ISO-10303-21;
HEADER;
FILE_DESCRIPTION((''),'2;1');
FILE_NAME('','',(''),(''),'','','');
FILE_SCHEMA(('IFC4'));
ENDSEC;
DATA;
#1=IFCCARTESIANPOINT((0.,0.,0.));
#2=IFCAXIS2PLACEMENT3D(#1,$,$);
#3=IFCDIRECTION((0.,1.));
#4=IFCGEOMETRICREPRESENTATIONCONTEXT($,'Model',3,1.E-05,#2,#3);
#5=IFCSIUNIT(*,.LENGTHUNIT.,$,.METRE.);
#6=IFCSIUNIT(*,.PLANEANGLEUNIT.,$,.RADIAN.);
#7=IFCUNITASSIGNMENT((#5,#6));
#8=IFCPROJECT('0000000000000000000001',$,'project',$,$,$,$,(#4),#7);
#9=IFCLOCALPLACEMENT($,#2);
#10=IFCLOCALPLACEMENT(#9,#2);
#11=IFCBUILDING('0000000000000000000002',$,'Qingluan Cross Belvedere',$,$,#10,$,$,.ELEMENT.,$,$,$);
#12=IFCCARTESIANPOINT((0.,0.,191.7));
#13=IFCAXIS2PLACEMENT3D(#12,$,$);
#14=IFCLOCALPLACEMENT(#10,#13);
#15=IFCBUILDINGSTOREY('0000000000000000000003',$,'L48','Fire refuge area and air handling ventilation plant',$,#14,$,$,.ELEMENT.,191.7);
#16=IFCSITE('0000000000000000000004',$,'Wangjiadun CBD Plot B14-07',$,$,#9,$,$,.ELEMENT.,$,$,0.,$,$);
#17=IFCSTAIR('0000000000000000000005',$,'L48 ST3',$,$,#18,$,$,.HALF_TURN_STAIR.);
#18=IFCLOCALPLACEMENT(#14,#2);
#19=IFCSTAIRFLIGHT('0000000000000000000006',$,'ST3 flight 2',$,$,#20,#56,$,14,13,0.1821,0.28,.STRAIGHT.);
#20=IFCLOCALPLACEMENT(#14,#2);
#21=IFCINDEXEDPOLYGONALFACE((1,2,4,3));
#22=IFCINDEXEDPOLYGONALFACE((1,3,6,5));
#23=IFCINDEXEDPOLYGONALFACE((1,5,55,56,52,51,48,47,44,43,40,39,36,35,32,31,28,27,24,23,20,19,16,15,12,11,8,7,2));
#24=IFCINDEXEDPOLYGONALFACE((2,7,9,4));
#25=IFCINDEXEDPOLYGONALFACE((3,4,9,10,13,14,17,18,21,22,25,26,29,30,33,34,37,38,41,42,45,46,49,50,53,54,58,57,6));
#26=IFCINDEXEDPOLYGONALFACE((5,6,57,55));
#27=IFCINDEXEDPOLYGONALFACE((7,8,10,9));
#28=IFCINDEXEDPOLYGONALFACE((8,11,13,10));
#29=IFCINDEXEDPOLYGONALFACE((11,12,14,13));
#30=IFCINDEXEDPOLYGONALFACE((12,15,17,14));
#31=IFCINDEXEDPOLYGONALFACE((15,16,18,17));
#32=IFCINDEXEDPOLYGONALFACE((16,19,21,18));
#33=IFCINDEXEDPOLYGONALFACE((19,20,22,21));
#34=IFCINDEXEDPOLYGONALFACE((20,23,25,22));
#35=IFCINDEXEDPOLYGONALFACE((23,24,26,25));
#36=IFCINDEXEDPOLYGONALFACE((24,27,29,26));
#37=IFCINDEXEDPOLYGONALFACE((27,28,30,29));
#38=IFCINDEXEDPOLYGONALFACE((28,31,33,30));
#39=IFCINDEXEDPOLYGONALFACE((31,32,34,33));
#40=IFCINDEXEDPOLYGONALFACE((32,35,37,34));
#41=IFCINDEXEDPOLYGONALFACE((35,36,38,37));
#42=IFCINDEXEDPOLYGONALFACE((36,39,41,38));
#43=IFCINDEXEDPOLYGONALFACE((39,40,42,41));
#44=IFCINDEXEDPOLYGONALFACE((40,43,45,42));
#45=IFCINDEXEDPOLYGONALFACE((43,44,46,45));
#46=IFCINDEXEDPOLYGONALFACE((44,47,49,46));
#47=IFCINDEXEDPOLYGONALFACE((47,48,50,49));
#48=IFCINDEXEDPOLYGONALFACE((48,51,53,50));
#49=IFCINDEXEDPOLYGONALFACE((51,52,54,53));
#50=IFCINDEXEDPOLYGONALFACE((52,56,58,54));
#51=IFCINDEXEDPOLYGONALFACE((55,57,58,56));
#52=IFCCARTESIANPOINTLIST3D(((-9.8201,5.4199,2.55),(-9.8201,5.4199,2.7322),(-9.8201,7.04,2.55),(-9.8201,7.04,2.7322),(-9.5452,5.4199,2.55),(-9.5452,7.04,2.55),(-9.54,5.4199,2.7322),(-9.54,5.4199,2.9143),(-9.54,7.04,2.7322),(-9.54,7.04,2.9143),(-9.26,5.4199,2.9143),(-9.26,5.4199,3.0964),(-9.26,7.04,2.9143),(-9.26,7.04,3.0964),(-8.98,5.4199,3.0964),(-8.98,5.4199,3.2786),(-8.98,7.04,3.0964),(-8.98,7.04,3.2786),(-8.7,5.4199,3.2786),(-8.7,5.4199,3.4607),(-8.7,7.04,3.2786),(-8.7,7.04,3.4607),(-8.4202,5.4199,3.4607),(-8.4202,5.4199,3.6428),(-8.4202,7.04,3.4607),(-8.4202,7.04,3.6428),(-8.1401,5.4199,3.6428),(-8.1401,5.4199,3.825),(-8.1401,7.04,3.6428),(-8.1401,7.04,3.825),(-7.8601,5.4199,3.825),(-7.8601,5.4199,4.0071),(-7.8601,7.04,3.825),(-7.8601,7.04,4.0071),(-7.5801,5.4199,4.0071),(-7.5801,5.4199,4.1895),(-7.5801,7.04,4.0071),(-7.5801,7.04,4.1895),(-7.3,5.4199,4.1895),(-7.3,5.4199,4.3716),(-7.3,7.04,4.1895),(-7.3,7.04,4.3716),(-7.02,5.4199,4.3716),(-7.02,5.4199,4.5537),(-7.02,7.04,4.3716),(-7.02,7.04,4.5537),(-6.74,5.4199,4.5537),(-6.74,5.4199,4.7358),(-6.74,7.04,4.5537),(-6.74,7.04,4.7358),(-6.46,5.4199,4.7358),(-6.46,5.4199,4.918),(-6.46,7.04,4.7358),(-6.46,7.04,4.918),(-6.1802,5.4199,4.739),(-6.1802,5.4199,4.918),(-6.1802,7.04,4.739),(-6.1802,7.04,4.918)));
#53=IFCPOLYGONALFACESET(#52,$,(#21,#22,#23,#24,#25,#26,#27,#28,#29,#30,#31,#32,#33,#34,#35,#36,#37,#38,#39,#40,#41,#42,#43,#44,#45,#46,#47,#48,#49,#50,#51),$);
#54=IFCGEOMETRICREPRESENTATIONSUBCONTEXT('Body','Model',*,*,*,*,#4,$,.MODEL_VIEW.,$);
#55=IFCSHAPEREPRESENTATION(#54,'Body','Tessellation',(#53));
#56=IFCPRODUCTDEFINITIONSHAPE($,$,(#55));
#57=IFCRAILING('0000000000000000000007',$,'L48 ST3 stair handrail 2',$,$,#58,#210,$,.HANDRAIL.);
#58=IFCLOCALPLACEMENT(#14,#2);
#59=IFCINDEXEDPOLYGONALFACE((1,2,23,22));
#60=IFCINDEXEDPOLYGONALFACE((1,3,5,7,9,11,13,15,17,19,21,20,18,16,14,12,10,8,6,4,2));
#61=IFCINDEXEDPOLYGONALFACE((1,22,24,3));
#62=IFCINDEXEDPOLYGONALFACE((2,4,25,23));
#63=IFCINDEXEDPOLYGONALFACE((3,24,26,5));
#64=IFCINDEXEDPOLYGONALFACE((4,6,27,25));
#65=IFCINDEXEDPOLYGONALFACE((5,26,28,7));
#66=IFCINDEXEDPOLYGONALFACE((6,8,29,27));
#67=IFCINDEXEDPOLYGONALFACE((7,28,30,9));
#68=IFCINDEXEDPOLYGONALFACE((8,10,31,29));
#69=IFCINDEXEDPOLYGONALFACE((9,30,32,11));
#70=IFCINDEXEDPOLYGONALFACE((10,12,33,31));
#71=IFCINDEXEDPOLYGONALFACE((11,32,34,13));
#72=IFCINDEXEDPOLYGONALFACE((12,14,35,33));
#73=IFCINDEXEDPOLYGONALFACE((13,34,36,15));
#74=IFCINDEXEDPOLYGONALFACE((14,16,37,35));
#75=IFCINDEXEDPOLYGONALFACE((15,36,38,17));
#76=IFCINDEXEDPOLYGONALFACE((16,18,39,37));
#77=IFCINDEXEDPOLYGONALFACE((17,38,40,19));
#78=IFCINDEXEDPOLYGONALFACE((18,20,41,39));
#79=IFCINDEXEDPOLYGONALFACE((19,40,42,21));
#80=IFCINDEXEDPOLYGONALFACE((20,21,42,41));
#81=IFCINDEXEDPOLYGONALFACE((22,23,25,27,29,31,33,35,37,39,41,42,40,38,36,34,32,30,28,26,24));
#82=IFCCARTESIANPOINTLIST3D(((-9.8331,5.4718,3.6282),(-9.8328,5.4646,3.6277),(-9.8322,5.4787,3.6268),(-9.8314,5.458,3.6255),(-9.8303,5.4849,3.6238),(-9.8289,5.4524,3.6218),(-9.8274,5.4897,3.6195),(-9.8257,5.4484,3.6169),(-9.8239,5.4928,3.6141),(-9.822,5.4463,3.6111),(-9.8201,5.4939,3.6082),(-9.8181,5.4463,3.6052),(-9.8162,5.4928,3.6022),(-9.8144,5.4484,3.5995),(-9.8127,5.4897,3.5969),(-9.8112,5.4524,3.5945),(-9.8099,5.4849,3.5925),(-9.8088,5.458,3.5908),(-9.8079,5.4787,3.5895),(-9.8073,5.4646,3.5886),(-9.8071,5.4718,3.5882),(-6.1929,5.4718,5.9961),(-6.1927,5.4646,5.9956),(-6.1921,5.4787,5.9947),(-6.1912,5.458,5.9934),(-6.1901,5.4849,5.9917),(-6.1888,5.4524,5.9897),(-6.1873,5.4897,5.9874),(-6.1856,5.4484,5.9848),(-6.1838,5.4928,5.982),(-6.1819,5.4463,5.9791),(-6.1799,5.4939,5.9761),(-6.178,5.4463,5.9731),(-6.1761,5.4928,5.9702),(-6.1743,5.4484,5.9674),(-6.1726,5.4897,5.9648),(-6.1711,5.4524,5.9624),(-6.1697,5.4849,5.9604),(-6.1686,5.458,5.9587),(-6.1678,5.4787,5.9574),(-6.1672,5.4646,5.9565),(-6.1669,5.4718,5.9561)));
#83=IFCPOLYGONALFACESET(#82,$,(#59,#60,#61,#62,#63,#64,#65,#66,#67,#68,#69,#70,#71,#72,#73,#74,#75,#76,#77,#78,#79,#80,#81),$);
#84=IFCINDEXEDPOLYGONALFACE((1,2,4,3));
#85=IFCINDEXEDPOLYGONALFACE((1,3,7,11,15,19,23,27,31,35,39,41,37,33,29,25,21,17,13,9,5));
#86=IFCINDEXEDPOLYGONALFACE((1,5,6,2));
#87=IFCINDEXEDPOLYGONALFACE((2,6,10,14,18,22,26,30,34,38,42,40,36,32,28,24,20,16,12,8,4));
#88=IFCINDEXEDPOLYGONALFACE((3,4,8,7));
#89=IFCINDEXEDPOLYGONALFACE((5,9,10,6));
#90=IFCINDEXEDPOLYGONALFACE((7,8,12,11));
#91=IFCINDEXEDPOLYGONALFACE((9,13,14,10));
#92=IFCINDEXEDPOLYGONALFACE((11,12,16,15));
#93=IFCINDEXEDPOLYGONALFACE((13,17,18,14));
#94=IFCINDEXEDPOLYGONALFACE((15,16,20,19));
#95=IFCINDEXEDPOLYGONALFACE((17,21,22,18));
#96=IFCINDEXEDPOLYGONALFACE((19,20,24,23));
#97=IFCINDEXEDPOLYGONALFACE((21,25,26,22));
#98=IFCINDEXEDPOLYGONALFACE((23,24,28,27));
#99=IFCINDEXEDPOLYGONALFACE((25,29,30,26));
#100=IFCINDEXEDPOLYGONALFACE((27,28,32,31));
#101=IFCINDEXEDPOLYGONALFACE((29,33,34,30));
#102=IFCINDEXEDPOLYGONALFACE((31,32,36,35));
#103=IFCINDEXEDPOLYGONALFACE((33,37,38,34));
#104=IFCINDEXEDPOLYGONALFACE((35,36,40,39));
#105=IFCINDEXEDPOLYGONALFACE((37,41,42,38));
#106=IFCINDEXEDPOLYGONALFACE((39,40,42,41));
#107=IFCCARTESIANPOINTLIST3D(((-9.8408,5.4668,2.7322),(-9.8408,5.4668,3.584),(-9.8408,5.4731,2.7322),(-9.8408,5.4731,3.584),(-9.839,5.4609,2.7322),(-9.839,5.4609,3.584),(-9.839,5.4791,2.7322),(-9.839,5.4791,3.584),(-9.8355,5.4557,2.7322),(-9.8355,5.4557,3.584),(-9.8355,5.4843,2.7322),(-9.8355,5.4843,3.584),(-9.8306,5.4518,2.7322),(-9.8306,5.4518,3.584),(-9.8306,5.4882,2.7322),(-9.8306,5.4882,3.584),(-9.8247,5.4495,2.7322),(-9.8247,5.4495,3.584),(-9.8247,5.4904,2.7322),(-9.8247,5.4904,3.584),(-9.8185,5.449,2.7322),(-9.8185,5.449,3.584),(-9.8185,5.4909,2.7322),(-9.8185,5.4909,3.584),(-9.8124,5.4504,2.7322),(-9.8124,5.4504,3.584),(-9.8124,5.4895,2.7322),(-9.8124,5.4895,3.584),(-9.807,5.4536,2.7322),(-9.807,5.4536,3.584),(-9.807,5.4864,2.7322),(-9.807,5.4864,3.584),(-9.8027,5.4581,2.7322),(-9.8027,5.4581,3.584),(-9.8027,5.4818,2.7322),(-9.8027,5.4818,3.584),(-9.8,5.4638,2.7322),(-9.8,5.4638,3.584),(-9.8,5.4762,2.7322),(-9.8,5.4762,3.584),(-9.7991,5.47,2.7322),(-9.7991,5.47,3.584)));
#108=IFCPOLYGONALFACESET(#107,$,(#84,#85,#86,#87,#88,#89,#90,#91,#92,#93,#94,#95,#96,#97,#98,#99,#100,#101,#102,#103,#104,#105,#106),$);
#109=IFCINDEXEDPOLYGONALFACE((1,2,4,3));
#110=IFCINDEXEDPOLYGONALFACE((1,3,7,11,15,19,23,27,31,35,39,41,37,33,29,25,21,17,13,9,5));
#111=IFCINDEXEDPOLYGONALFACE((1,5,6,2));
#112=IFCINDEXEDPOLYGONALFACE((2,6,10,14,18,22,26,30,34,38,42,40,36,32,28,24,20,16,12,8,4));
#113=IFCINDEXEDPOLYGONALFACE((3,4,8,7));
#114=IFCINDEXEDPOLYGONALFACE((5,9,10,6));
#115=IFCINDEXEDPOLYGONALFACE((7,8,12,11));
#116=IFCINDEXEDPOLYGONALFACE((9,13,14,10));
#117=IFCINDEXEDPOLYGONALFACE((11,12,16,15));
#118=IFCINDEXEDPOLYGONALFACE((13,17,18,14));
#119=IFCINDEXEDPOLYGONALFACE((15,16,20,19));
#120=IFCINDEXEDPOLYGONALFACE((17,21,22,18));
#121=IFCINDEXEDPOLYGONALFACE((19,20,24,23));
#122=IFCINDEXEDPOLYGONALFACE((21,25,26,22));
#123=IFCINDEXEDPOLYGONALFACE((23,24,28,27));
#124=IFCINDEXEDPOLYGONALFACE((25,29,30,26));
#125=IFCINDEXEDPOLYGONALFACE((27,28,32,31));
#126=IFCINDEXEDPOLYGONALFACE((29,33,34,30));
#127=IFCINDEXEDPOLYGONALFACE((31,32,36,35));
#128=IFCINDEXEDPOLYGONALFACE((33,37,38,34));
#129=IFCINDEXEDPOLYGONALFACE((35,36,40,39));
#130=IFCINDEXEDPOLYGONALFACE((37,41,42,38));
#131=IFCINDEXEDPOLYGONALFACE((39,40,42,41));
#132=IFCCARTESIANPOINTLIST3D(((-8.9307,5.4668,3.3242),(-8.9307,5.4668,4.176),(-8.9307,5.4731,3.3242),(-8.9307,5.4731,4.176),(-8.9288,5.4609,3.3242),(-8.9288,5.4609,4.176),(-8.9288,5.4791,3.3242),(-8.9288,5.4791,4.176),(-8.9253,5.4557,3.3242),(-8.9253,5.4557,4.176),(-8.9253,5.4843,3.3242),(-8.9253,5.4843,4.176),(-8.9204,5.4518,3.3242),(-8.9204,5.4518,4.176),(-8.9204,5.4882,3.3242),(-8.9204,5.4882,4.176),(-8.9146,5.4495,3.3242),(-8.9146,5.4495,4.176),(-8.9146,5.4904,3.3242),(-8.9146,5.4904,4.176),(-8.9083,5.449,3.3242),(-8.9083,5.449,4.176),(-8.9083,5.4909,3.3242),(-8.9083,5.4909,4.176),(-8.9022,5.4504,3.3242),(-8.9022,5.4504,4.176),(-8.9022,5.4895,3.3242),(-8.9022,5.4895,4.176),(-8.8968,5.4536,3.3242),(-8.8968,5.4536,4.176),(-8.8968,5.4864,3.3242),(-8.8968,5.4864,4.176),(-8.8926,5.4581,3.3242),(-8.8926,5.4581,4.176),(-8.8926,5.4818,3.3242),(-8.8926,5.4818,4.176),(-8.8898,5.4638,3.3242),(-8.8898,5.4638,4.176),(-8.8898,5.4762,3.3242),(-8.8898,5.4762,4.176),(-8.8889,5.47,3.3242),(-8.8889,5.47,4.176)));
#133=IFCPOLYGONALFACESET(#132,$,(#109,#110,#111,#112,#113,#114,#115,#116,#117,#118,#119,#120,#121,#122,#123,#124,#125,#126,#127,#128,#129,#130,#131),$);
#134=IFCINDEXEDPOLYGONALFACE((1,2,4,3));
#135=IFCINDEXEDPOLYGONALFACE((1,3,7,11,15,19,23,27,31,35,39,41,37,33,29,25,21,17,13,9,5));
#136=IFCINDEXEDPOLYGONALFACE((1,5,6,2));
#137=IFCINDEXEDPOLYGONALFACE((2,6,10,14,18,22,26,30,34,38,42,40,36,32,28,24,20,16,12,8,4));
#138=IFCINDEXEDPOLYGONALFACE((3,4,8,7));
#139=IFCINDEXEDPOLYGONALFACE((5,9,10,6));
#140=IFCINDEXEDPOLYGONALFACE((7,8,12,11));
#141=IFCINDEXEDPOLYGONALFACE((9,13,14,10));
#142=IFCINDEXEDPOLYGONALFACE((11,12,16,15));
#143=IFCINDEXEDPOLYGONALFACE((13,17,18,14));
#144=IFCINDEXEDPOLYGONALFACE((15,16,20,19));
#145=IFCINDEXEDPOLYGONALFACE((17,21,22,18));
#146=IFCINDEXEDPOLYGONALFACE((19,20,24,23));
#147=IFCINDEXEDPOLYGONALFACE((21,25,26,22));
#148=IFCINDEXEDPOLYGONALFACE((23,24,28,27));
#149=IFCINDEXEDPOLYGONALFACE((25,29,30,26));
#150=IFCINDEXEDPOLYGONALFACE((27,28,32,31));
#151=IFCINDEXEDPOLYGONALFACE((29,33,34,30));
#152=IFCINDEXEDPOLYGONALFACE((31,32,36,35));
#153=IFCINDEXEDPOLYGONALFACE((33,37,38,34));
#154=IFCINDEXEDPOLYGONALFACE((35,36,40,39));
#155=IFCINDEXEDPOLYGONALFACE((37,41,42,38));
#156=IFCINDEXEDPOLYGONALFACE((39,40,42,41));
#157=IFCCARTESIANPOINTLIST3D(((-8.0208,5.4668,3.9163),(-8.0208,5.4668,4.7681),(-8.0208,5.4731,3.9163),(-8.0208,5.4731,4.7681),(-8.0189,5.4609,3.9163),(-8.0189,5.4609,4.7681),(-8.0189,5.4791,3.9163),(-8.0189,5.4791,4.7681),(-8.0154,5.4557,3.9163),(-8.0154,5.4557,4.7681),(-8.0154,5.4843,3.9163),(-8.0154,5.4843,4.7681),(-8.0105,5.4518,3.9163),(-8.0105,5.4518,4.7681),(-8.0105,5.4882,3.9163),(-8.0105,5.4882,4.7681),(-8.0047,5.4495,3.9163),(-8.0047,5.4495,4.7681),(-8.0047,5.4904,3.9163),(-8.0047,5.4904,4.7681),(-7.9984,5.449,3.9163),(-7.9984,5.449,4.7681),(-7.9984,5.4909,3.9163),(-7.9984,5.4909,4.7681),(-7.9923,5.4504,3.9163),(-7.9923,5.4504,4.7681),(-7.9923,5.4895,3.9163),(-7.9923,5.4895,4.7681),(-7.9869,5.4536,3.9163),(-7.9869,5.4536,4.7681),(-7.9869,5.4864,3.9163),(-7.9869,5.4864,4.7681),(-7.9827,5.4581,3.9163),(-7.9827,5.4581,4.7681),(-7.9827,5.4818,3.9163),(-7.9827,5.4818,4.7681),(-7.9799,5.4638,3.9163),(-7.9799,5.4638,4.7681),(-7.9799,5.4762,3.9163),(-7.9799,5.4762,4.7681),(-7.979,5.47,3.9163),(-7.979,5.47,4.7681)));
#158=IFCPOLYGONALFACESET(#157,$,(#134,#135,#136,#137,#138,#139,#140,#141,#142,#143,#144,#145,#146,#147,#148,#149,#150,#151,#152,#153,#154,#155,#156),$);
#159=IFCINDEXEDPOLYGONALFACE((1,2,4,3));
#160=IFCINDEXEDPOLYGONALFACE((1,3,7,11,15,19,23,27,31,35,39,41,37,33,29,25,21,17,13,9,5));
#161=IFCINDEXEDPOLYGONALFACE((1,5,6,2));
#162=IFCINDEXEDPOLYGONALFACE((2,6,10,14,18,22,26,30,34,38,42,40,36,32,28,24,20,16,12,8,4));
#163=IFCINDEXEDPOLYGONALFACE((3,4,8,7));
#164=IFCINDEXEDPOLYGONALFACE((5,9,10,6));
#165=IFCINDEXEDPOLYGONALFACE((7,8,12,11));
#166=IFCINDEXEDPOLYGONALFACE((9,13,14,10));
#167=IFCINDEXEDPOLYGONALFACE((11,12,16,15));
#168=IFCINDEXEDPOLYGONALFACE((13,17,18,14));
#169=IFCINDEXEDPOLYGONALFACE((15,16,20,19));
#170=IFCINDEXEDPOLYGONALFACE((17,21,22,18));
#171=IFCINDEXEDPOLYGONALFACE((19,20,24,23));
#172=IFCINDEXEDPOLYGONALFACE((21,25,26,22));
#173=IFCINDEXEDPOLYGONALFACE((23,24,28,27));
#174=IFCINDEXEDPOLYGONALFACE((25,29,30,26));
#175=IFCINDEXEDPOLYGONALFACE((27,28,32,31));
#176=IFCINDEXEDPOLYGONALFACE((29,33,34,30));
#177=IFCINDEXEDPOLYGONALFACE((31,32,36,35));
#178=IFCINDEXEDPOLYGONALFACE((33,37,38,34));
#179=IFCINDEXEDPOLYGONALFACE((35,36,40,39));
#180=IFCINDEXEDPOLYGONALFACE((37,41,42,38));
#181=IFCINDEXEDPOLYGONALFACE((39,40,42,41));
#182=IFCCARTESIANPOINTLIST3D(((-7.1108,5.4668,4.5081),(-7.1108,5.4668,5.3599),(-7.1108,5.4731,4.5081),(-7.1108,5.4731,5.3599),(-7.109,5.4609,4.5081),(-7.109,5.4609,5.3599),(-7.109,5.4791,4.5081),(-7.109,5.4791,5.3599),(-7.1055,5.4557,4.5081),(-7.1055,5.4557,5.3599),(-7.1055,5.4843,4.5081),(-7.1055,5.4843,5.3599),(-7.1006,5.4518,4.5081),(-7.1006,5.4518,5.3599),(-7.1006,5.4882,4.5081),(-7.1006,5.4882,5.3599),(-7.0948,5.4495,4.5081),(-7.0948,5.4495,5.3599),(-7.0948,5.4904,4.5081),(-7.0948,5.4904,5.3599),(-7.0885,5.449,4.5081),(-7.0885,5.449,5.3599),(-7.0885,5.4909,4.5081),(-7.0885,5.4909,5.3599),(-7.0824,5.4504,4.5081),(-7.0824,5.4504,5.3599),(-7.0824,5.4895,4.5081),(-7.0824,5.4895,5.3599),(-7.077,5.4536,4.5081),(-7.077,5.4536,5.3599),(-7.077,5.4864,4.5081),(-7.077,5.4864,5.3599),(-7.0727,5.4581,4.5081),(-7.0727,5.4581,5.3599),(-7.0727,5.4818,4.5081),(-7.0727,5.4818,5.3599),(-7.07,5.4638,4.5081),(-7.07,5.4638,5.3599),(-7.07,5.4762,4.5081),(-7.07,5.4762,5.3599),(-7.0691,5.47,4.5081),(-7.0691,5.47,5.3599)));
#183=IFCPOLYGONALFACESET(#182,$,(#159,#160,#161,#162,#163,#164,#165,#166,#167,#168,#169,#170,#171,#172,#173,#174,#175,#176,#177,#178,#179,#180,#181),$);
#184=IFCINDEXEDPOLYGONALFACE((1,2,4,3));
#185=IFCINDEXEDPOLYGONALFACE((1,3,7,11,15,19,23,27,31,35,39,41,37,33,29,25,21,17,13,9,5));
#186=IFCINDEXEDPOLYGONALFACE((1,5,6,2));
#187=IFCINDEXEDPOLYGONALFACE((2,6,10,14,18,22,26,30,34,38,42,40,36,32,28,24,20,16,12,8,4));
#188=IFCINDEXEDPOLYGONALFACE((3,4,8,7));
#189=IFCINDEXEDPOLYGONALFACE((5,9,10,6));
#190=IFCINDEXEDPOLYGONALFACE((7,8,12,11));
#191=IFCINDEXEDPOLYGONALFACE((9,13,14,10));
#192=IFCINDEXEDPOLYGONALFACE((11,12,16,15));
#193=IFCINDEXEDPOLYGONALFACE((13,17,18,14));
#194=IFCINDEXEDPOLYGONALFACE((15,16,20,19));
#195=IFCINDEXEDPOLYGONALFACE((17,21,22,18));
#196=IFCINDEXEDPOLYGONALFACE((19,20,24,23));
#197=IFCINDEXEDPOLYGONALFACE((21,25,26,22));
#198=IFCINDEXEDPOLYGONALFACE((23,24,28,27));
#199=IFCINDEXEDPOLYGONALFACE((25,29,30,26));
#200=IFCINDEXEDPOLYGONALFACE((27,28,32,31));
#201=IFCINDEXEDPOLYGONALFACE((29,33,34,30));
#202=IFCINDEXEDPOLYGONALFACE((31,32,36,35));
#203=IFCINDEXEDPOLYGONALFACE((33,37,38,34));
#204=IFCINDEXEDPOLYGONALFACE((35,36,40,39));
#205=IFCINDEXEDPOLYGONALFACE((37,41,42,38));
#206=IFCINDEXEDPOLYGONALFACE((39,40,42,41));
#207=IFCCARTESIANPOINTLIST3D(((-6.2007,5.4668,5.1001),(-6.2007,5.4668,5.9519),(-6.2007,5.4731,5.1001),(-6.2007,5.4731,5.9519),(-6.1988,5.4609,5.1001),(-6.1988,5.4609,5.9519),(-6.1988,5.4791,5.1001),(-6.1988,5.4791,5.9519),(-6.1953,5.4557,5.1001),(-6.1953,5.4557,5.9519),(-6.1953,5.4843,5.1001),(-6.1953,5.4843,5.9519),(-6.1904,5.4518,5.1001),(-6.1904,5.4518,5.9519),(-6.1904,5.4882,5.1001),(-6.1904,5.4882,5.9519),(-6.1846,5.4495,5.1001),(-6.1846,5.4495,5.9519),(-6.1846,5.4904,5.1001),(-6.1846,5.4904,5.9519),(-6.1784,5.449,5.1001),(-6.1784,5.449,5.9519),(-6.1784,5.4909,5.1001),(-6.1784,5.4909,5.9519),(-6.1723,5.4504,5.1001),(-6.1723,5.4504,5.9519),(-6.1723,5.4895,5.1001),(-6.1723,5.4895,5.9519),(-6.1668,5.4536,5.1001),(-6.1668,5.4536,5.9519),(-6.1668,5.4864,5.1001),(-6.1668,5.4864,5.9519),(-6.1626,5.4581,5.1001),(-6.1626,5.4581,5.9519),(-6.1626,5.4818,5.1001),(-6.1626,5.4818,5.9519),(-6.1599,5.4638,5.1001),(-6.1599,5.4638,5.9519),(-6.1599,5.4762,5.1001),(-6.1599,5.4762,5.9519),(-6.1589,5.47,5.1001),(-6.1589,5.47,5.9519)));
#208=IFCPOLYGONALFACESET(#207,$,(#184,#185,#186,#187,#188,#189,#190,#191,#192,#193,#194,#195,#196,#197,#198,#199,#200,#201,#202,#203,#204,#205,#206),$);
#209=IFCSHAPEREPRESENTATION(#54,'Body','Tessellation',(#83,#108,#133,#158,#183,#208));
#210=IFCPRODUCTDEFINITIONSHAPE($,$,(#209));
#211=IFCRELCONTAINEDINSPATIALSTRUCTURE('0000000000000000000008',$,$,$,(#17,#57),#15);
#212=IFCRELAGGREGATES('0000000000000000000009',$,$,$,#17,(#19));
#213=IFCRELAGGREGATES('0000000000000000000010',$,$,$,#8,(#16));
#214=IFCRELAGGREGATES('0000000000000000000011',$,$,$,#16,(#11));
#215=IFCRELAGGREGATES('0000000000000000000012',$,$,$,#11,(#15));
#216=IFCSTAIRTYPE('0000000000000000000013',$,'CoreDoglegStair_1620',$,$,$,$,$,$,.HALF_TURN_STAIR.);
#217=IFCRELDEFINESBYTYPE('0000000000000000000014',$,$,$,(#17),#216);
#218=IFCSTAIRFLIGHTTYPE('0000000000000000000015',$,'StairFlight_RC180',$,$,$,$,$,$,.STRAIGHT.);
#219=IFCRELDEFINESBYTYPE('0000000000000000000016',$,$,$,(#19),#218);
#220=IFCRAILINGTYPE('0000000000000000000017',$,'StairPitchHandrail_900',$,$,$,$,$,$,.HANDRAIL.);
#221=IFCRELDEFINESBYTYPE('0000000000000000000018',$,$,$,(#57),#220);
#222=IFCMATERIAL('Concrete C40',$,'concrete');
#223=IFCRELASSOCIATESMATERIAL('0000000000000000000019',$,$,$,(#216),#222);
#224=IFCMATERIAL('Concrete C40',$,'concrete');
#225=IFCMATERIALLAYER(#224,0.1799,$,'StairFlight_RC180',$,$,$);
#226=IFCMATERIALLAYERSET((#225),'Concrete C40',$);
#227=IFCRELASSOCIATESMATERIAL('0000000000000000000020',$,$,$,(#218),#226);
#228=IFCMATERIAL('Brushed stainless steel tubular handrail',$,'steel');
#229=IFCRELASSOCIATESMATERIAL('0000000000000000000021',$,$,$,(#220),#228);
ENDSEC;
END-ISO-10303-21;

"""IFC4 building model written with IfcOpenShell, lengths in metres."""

from ifc_helpers import new_model, si_unit, direction, frame, origin, origin_2d, place, context, subcontext, project, spatial, polyline, circle, outline, extrude, material, layer, layer_set, type_object, element, aggregate, save


model = new_model("IFC4")

# Units and contexts
model_context = context("Model", 3, precision=1e-05, world=origin(), true_north=direction((0.0, 1.0)))
body_context = subcontext(model_context, "Body", "Model", "MODEL_VIEW")
ifc_project = project(units=[si_unit("LENGTHUNIT", "METRE"), si_unit("PLANEANGLEUNIT", "RADIAN")], contexts=[model_context])

# Site, building, storey
site_placement = place(None, origin())
site = spatial("IfcSite", under=ifc_project, at=site_placement, Name="Wangjiadun CBD Plot B14-07", CompositionType="ELEMENT", RefElevation=0.0)
building_placement = place(site_placement, origin())
building = spatial("IfcBuilding", under=site, at=building_placement, Name="Qingluan Cross Belvedere", CompositionType="ELEMENT")
storey_placement = place(building_placement, frame((0.0, 0.0, 191.7)))
storey = spatial("IfcBuildingStorey", under=building, at=storey_placement, Name="L48", Description="Fire refuge area and air handling ventilation plant", CompositionType="ELEMENT", Elevation=191.7)

# Stair, stair flight
ifc_material_1 = material(Name="Concrete C40", Category="concrete")
stair_type = type_object("IfcStairType", Name="CoreDoglegStair_1620", PredefinedType="HALF_TURN_STAIR", material=ifc_material_1)
stair_placement = place(storey_placement, origin())
stair = element("IfcStair", 1, at=stair_placement, inside=storey, type_object=stair_type, Name="L48 ST3", PredefinedType="HALF_TURN_STAIR")
ifc_material_2 = material(Name="Concrete C40", Category="concrete")
ifc_layer_1 = layer(ifc_material_2, 0.1799, Name="StairFlight_RC180")
ifc_layer_set_1 = layer_set([ifc_layer_1], Name="Concrete C40")
stair_flight_type = type_object("IfcStairFlightType", Name="StairFlight_RC180", PredefinedType="STRAIGHT", material=ifc_layer_set_1)
stair_flight_1_placement = place(storey_placement, frame((-9.8201, 6.23, 2.55), z_axis=(0.0, 0.0, 1.0), x_axis=(1.0, 0.0, 0.0)))
stair_flight_1 = element("IfcStairFlight", 2, at=stair_flight_1_placement, type_object=stair_flight_type, Name="ST3 flight 2", NumberOfRisers=14, NumberOfTreads=13, PredefinedType="STRAIGHT", RiserHeight=0.1821, TreadLength=0.28, context=body_context, shape_type="SweptSolid", body=[
    extrude(outline(polyline([(0.0, 0.0), (0.0, 0.1821), (0.28, 0.1821), (0.28, 0.3643), (0.5601, 0.3643), (0.5601, 0.5464), (0.8401, 0.5464), (0.8401, 0.7285), (1.1201, 0.7285), (1.1201, 0.9106), (1.3999, 0.9106), (1.3999, 1.0928), (1.6799, 1.0928), (1.6799, 1.2749), (1.96, 1.2749), (1.96, 1.457), (2.24, 1.457), (2.24, 1.6394), (2.52, 1.6394), (2.52, 1.8215), (2.8, 1.8215), (2.8, 2.0037), (3.0801, 2.0037), (3.0801, 2.1858), (3.3601, 2.1858), (3.3601, 2.3679), (3.6399, 2.3679), (3.6399, 2.55), (3.6399, 2.189), (0.2749, 0.0), (0.0, 0.0)])), frame((0.0, 0.8101, 0.0), z_axis=(0.0, -1.0, 0.0), x_axis=(1.0, 0.0, 0.0)), (0.0, 0.0, 1.0), 1.6201),
])
aggregate(stair, [stair_flight_1])

# Railing
ifc_material_3 = material(Name="Brushed stainless steel tubular handrail", Category="steel")
railing_type_1 = type_object("IfcRailingType", Name="StairPitchHandrail_900", PredefinedType="HANDRAIL", material=ifc_material_3)
railing_1_placement = place(storey_placement, frame((-9.8201, 5.47, 2.7322)))
element("IfcRailing", 3, at=railing_1_placement, inside=storey, type_object=railing_type_1, Name="L48 ST3 stair handrail 2", PredefinedType="HANDRAIL", context=body_context, shape_type="SweptSolid", body=[
    extrude(circle(Radius=0.0239, at=origin_2d()), frame((0.0, 0.0, 0.876), z_axis=(0.838251, 0.0, 0.545285), x_axis=(0.0, 1.0, 0.0)), (0.0, 0.0, 1.0), 4.3425),
    extrude(circle(Radius=0.021, at=origin_2d()), origin(), (0.0, 0.0, 1.0), 0.8518),
    extrude(circle(Radius=0.021, at=origin_2d()), frame((0.9102, 0.0, 0.592)), (0.0, 0.0, 1.0), 0.8518),
    extrude(circle(Radius=0.021, at=origin_2d()), frame((1.8201, 0.0, 1.1841)), (0.0, 0.0, 1.0), 0.8518),
    extrude(circle(Radius=0.021, at=origin_2d()), frame((2.73, 0.0, 1.7759)), (0.0, 0.0, 1.0), 0.8518),
    extrude(circle(Radius=0.021, at=origin_2d()), frame((3.6401, 0.0, 2.3679)), (0.0, 0.0, 1.0), 0.8518),
])

save(model, "model.ifc")
